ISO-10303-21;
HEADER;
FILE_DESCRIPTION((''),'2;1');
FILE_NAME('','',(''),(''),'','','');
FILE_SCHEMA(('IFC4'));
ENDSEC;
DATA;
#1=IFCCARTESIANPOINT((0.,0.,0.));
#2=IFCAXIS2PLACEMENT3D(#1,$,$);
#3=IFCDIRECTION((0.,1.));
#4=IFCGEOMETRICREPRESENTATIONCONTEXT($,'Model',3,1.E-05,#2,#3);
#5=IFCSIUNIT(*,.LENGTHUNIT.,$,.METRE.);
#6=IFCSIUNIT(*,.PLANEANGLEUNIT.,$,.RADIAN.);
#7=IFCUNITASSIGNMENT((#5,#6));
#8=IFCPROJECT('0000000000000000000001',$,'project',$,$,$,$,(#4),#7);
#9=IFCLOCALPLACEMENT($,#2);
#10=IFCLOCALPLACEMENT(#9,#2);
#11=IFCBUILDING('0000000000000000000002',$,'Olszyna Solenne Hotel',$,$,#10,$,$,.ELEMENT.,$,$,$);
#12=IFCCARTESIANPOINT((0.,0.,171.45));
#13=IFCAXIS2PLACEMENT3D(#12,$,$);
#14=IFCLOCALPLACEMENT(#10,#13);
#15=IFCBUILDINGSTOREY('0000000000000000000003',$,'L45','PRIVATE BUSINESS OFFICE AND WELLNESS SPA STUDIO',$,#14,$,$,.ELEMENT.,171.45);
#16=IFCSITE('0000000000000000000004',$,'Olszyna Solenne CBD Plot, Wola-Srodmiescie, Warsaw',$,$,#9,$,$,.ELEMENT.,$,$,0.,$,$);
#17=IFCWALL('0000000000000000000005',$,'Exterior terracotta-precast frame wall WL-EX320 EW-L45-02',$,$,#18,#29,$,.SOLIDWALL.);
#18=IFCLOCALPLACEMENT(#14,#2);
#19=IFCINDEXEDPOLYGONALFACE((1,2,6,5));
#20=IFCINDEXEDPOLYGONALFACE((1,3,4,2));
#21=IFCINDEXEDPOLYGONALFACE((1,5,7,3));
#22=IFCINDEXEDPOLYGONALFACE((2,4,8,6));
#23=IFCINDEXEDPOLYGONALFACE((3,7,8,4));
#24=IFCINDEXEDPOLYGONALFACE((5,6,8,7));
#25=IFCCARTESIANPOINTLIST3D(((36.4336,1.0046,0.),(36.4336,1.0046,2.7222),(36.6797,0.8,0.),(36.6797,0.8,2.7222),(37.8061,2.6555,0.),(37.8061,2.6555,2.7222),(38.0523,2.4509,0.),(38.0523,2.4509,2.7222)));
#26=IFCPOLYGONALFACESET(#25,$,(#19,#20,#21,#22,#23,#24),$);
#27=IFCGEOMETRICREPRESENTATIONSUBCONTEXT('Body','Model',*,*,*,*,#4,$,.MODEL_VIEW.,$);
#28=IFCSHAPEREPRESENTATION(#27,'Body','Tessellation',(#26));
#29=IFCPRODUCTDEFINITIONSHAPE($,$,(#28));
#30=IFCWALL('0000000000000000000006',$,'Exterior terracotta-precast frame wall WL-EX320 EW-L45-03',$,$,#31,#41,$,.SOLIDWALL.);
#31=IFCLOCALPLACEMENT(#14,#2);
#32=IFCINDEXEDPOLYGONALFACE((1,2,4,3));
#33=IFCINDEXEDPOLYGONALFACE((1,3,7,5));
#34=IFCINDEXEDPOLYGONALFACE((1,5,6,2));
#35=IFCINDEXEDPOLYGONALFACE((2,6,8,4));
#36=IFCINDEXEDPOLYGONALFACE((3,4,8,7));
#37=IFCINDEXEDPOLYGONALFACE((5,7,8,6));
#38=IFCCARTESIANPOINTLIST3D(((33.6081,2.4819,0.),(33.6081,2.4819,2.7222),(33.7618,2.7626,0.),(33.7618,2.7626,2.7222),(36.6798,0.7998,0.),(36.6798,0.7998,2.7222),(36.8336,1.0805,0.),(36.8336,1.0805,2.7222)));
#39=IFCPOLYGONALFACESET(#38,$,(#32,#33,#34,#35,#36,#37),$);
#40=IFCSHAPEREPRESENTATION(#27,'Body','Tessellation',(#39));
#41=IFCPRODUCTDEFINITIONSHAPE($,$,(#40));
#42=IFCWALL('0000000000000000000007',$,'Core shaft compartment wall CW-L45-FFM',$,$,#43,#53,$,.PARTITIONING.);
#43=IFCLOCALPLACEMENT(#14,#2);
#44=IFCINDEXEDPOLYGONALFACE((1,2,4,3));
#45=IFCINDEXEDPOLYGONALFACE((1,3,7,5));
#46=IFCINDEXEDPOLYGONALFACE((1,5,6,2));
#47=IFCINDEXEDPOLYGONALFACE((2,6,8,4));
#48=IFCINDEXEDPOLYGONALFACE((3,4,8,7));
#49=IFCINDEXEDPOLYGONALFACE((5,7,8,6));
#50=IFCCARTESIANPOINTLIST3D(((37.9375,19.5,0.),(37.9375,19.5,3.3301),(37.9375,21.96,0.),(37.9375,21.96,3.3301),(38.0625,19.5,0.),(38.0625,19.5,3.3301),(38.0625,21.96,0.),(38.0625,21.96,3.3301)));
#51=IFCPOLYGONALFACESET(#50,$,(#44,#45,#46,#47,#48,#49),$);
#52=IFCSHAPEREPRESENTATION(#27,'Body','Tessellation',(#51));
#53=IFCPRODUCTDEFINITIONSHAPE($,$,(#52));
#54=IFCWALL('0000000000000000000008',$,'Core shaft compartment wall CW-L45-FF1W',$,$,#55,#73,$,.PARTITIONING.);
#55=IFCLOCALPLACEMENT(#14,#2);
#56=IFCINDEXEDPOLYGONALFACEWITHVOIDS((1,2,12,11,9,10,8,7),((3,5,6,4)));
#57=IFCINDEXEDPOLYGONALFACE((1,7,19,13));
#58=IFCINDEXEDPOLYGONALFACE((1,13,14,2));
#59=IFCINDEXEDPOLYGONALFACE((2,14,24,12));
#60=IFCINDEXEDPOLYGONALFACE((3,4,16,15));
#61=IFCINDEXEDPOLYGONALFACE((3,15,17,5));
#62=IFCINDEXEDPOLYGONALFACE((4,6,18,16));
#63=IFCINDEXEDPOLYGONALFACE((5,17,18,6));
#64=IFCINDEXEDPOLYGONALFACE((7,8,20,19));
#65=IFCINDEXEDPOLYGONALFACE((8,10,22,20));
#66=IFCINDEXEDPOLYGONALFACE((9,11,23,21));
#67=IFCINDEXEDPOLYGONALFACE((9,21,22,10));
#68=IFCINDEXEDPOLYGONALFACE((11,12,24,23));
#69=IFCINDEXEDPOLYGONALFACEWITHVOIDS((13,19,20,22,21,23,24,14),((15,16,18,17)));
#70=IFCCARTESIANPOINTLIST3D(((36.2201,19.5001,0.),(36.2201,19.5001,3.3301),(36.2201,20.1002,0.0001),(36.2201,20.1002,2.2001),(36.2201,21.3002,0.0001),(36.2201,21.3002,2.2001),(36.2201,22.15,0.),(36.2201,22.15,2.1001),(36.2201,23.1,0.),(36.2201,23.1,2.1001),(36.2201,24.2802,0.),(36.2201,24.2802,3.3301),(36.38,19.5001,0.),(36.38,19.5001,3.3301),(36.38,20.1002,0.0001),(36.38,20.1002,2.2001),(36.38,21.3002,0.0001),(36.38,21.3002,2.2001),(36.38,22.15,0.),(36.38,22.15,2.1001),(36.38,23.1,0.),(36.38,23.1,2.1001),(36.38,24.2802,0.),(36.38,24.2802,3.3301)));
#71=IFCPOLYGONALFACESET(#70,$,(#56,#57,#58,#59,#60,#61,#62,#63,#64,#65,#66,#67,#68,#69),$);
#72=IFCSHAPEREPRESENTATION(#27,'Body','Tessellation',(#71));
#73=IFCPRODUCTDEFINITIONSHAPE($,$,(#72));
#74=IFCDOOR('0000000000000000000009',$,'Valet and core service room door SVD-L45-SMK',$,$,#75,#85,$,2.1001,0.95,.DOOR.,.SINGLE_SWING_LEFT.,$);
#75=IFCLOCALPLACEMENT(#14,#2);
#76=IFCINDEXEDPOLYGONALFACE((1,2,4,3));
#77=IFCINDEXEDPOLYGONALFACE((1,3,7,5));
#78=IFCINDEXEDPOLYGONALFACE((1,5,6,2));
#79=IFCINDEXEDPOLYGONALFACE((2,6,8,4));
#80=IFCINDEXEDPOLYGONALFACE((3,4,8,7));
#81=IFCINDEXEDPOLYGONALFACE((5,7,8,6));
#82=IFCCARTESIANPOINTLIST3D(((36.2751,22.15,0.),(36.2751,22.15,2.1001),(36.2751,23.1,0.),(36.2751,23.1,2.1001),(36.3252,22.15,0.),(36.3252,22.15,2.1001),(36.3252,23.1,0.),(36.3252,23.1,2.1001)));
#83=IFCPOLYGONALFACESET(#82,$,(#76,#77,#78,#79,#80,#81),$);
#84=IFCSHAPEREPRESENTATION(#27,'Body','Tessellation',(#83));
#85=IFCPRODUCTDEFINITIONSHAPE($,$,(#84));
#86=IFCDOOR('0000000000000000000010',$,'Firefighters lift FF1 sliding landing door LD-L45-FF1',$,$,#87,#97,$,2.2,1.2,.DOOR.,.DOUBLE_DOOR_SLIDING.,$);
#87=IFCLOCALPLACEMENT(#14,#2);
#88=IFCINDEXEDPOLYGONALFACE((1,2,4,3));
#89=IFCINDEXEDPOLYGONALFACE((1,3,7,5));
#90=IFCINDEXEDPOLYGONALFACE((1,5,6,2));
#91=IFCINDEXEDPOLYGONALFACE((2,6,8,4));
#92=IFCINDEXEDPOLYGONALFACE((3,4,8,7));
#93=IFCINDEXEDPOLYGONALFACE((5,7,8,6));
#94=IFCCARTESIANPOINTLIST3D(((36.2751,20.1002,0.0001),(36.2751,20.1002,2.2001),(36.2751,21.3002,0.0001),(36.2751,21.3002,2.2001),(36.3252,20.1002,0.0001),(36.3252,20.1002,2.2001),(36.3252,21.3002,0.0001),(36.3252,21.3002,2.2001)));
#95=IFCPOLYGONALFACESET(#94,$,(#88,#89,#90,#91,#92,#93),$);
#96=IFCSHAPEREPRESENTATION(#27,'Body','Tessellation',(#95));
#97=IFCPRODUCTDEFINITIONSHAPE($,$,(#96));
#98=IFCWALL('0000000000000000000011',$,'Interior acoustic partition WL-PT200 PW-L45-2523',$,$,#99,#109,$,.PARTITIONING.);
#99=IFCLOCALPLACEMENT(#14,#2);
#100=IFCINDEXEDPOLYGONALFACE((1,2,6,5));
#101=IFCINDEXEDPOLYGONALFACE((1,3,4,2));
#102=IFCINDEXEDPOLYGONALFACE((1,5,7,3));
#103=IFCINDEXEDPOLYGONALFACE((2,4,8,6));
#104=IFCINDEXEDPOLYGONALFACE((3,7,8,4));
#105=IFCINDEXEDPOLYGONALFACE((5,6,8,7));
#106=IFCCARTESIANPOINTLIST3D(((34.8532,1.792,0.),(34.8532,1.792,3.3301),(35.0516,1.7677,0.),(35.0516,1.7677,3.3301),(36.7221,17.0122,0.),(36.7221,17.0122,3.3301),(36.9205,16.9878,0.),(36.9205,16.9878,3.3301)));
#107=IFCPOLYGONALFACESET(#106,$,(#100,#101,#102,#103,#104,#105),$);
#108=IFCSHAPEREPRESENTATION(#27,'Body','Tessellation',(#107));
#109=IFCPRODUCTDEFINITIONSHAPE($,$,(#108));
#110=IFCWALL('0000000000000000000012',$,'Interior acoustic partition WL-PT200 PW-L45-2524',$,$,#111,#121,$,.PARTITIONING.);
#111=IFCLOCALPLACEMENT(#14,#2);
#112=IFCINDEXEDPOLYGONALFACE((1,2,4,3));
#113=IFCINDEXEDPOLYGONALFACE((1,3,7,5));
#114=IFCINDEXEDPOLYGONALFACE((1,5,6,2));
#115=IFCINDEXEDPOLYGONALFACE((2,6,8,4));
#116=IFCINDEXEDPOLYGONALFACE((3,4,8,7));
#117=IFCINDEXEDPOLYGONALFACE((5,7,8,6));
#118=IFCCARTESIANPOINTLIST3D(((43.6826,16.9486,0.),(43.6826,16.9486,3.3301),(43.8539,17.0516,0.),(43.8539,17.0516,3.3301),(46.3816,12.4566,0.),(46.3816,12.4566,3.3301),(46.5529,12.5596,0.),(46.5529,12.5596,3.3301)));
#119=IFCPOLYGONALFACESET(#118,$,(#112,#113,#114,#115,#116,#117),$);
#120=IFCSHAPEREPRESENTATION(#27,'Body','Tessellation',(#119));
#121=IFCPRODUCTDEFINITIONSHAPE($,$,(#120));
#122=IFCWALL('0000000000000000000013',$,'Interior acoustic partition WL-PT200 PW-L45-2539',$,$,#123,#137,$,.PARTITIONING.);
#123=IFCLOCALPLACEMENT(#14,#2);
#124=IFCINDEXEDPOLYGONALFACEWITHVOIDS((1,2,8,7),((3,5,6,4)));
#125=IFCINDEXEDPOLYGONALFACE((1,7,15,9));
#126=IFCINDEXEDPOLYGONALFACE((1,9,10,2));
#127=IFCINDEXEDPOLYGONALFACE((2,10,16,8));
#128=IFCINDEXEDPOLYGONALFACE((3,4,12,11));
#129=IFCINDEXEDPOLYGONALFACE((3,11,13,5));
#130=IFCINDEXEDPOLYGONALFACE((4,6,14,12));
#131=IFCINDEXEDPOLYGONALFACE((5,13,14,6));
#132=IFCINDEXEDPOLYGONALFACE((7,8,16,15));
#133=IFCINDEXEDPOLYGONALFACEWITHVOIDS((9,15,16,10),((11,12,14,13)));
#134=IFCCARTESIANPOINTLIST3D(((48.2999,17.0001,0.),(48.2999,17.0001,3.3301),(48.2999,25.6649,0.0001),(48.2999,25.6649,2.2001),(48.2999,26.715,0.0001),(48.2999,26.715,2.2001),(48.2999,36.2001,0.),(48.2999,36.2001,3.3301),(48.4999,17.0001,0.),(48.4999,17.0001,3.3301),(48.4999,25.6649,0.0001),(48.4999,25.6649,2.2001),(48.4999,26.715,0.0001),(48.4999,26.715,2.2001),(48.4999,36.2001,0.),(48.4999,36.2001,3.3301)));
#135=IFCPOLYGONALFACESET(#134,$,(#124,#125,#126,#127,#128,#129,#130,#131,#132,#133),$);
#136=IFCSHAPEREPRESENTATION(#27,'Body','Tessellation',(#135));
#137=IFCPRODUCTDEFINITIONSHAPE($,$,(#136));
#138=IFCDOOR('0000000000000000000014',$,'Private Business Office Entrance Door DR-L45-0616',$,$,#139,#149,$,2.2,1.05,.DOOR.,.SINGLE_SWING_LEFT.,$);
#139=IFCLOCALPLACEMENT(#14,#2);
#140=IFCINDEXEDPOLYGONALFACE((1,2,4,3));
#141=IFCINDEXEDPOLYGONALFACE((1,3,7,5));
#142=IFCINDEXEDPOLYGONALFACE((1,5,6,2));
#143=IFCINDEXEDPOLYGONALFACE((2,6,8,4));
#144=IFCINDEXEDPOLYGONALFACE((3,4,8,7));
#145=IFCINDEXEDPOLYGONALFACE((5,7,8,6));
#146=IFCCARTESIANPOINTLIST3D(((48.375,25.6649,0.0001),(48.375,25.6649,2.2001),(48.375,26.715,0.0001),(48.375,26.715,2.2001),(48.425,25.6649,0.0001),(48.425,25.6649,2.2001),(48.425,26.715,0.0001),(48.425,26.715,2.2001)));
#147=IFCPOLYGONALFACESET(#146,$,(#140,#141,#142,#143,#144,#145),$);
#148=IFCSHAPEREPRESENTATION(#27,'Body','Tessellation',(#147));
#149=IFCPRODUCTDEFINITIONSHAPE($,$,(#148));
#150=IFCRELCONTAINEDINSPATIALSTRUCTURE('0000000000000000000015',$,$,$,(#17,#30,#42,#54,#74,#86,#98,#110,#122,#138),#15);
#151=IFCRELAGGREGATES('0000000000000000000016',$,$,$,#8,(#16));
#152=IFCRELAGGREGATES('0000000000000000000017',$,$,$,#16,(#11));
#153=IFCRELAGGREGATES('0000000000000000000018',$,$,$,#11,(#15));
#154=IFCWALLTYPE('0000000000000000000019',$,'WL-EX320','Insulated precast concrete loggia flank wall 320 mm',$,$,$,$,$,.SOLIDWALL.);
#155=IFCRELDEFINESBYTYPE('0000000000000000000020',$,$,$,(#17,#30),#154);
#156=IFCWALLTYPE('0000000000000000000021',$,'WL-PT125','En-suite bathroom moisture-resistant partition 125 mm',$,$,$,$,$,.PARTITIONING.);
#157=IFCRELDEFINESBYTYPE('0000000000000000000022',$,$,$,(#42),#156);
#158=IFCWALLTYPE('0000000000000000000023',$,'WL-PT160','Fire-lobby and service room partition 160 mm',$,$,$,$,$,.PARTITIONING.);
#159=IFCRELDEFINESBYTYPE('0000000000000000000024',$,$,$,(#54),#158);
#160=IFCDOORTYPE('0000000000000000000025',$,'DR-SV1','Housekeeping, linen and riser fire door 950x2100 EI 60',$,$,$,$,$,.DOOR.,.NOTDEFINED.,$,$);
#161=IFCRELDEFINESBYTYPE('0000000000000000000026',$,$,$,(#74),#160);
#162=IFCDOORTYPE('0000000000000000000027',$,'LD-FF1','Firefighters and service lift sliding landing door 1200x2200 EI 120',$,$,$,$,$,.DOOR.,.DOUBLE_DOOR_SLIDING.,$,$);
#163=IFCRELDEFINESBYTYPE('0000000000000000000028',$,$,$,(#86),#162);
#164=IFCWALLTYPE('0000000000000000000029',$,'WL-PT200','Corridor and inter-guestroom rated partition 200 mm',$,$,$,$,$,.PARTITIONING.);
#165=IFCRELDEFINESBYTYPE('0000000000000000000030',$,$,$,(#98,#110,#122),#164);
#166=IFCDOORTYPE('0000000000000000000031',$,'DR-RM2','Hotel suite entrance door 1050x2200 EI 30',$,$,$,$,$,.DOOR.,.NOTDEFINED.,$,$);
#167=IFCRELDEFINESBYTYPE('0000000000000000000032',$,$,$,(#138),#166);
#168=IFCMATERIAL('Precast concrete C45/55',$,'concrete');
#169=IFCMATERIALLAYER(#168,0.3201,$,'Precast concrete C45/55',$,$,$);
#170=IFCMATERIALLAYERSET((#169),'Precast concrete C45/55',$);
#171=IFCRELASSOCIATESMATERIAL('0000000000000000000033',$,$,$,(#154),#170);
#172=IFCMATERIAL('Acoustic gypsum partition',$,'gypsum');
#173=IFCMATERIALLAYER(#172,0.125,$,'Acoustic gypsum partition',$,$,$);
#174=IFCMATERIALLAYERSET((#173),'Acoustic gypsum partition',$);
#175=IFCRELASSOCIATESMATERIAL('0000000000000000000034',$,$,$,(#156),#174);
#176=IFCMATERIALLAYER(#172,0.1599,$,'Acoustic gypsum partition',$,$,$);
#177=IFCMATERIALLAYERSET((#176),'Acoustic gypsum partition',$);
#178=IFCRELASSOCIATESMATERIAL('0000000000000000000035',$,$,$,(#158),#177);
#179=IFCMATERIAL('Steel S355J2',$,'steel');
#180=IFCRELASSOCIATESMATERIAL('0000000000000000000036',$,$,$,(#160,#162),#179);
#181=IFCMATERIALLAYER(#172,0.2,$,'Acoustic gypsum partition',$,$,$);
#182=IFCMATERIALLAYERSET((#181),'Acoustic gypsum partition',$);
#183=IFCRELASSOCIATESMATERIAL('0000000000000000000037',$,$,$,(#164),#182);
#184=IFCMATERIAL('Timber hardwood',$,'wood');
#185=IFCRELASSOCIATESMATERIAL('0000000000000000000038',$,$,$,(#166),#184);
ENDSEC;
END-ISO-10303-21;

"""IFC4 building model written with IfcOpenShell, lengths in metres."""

from ifc_helpers import new_model, si_unit, direction, frame, frame_2d, origin, place, context, subcontext, project, spatial, rectangle, extrude, source, transform, mapped, material, layer, layer_set, type_object, type_shapes, element, fill, save


model = new_model("IFC4")

# Units and contexts
model_context = context("Model", 3, precision=1e-05, world=origin(), true_north=direction((0.0, 1.0)))
body_context = subcontext(model_context, "Body", "Model", "MODEL_VIEW")
ifc_project = project(units=[si_unit("LENGTHUNIT", "METRE"), si_unit("PLANEANGLEUNIT", "RADIAN")], contexts=[model_context])

# Site, building, storey
site_placement = place(None, origin())
site = spatial("IfcSite", under=ifc_project, at=site_placement, Name="Olszyna Solenne CBD Plot, Wola-Srodmiescie, Warsaw", CompositionType="ELEMENT", RefElevation=0.0)
building_placement = place(site_placement, origin())
building = spatial("IfcBuilding", under=site, at=building_placement, Name="Olszyna Solenne Hotel", CompositionType="ELEMENT")
storey_placement = place(building_placement, frame((0.0, 0.0, 171.45)))
storey = spatial("IfcBuildingStorey", under=building, at=storey_placement, Name="L45", Description="PRIVATE BUSINESS OFFICE AND WELLNESS SPA STUDIO", CompositionType="ELEMENT", Elevation=171.45)

# Shared definitions
ifc_material_1 = material(Name="Steel S355J2", Category="steel")

# Walls
ifc_material_2 = material(Name="Precast concrete C45/55", Category="concrete")
ifc_layer_1 = layer(ifc_material_2, 0.3201, Name="Precast concrete C45/55")
ifc_layer_set_1 = layer_set([ifc_layer_1], Name="Precast concrete C45/55")
wall_type_1 = type_object("IfcWallType", Name="WL-EX320", Description="Insulated precast concrete loggia flank wall 320 mm", PredefinedType="SOLIDWALL", material=ifc_layer_set_1)
wall_1_placement = place(storey_placement, frame((37.9292, 2.5532, 0.0), z_axis=(0.0, 0.0, 1.0), x_axis=(-0.639312, -0.768948, 0.0)))
element("IfcWall", 1, at=wall_1_placement, inside=storey, type_object=wall_type_1, Name="Exterior terracotta-precast frame wall WL-EX320 EW-L45-02", PredefinedType="SOLIDWALL", context=body_context, shape_type="SweptSolid", body=[
    extrude(rectangle(XDim=2.147, YDim=0.3201, at=frame_2d((1.0735, 0.0))), origin(), (0.0, 0.0, 1.0), 2.7222),
])
wall_2_placement = place(storey_placement, frame((36.7566, 0.9402, 0.0), z_axis=(0.0, 0.0, 1.0), x_axis=(-0.8771, 0.480307, 0.0)))
element("IfcWall", 2, at=wall_2_placement, inside=storey, type_object=wall_type_1, Name="Exterior terracotta-precast frame wall WL-EX320 EW-L45-03", PredefinedType="SOLIDWALL", context=body_context, shape_type="SweptSolid", body=[
    extrude(rectangle(XDim=3.5022, YDim=0.3201, at=frame_2d((1.751, 0.0))), origin(), (0.0, 0.0, 1.0), 2.7222),
])
ifc_material_3 = material(Name="Acoustic gypsum partition", Category="gypsum")
ifc_layer_2 = layer(ifc_material_3, 0.125, Name="Acoustic gypsum partition")
ifc_layer_set_2 = layer_set([ifc_layer_2], Name="Acoustic gypsum partition")
wall_type_2 = type_object("IfcWallType", Name="WL-PT125", Description="En-suite bathroom moisture-resistant partition 125 mm", PredefinedType="PARTITIONING", material=ifc_layer_set_2)
wall_3_placement = place(storey_placement, frame((38.0, 19.5, 0.0), z_axis=(0.0, 0.0, 1.0), x_axis=(0.0, 1.0, 0.0)))
element("IfcWall", 3, at=wall_3_placement, inside=storey, type_object=wall_type_2, Name="Core shaft compartment wall CW-L45-FFM", PredefinedType="PARTITIONING", context=body_context, shape_type="SweptSolid", body=[
    extrude(rectangle(XDim=2.46, YDim=0.125, at=frame_2d((1.23, 0.0))), origin(), (0.0, 0.0, 1.0), 3.3301),
])

# Wall, openings, doors
ifc_layer_3 = layer(ifc_material_3, 0.1599, Name="Acoustic gypsum partition")
ifc_layer_set_3 = layer_set([ifc_layer_3], Name="Acoustic gypsum partition")
wall_type_3 = type_object("IfcWallType", Name="WL-PT160", Description="Fire-lobby and service room partition 160 mm", PredefinedType="PARTITIONING", material=ifc_layer_set_3)
wall_4_placement = place(storey_placement, frame((36.3, 19.5, 0.0), z_axis=(0.0, 0.0, 1.0), x_axis=(0.0, 1.0, 0.0)))
wall_4 = element("IfcWall", 4, at=wall_4_placement, inside=storey, type_object=wall_type_3, Name="Core shaft compartment wall CW-L45-FF1W", PredefinedType="PARTITIONING", context=body_context, shape_type="SweptSolid", body=[
    extrude(rectangle(XDim=4.78, YDim=0.1599, at=frame_2d((2.3901, 0.0))), origin(), (0.0, 0.0, 1.0), 3.3301),
])
opening_1_placement = place(wall_4_placement, frame((0.6001, 0.0, 0.0)))
opening_1 = element("IfcOpeningElement", 5, at=opening_1_placement, cuts=wall_4, PredefinedType="OPENING", context=body_context, shape_type="SweptSolid", body=[
    extrude(rectangle(XDim=1.2, YDim=2.2, at=frame_2d((0.6001, 1.1001))), frame((0.0, 0.0898, 0.0), z_axis=(0.0, -1.0, 0.0), x_axis=(1.0, 0.0, 0.0)), (0.0, 0.0, 1.0), 0.1799),
])
opening_2_placement = place(wall_4_placement, frame((2.6499, 0.0, 0.0)))
opening_2 = element("IfcOpeningElement", 6, at=opening_2_placement, cuts=wall_4, PredefinedType="OPENING", context=body_context, shape_type="SweptSolid", body=[
    extrude(rectangle(XDim=0.95, YDim=2.1001, at=frame_2d((0.4751, 1.05))), frame((0.0, 0.0898, 0.0), z_axis=(0.0, -1.0, 0.0), x_axis=(1.0, 0.0, 0.0)), (0.0, 0.0, 1.0), 0.1799),
])
door_type_1 = type_object("IfcDoorType", Name="DR-SV1", Description="Housekeeping, linen and riser fire door 950x2100 EI 60", OperationType="NOTDEFINED", PredefinedType="DOOR", material=ifc_material_1)
shared_shape_1 = source(origin(), body_context, "Body", "SweptSolid", [
    extrude(rectangle(XDim=0.95, YDim=2.1001, at=frame_2d((0.4751, 1.05))), frame((0.0, 0.0249, 0.0), z_axis=(0.0, -1.0, 0.0), x_axis=(1.0, 0.0, 0.0)), (0.0, 0.0, 1.0), 0.05),
])
type_shapes(door_type_1, [shared_shape_1])
door_1_placement = place(opening_2_placement, origin())
door_1 = element("IfcDoor", 7, at=door_1_placement, inside=storey, type_object=door_type_1, Name="Valet and core service room door SVD-L45-SMK", OperationType="SINGLE_SWING_LEFT", OverallHeight=2.1001, OverallWidth=0.95, PredefinedType="DOOR", context=body_context, shape_type="MappedRepresentation", body=[
    mapped(shared_shape_1, transform((0.0, 0.0, 0.0), x_axis=(1.0, 0.0, 0.0), y_axis=(0.0, 1.0, 0.0), z_axis=(0.0, 0.0, 1.0), scale=1.0)),
])
fill(opening_2, door_1)
door_type_2 = type_object("IfcDoorType", Name="LD-FF1", Description="Firefighters and service lift sliding landing door 1200x2200 EI 120", OperationType="DOUBLE_DOOR_SLIDING", PredefinedType="DOOR", material=ifc_material_1)
shared_shape_2 = source(origin(), body_context, "Body", "SweptSolid", [
    extrude(rectangle(XDim=1.2, YDim=2.2, at=frame_2d((0.6001, 1.1001))), frame((0.0, 0.0249, 0.0), z_axis=(0.0, -1.0, 0.0), x_axis=(1.0, 0.0, 0.0)), (0.0, 0.0, 1.0), 0.05),
])
type_shapes(door_type_2, [shared_shape_2])
door_2_placement = place(opening_1_placement, origin())
door_2 = element("IfcDoor", 8, at=door_2_placement, inside=storey, type_object=door_type_2, Name="Firefighters lift FF1 sliding landing door LD-L45-FF1", OperationType="DOUBLE_DOOR_SLIDING", OverallHeight=2.2, OverallWidth=1.2, PredefinedType="DOOR", context=body_context, shape_type="MappedRepresentation", body=[
    mapped(shared_shape_2, transform((0.0, 0.0, 0.0), x_axis=(1.0, 0.0, 0.0), y_axis=(0.0, 1.0, 0.0), z_axis=(0.0, 0.0, 1.0), scale=1.0)),
])
fill(opening_1, door_2)

# Walls
ifc_layer_4 = layer(ifc_material_3, 0.2, Name="Acoustic gypsum partition")
ifc_layer_set_4 = layer_set([ifc_layer_4], Name="Acoustic gypsum partition")
wall_type_4 = type_object("IfcWallType", Name="WL-PT200", Description="Corridor and inter-guestroom rated partition 200 mm", PredefinedType="PARTITIONING", material=ifc_layer_set_4)
wall_5_placement = place(storey_placement, frame((36.8213, 17.0, 0.0), z_axis=(0.0, 0.0, 1.0), x_axis=(-0.121875, -0.992545, 0.0)))
element("IfcWall", 9, at=wall_5_placement, inside=storey, type_object=wall_type_4, Name="Interior acoustic partition WL-PT200 PW-L45-2523", PredefinedType="PARTITIONING", context=body_context, shape_type="SweptSolid", body=[
    extrude(rectangle(XDim=15.3345, YDim=0.2, at=frame_2d((7.6672, 0.0))), origin(), (0.0, 0.0, 1.0), 3.3301),
])
wall_6_placement = place(storey_placement, frame((43.7683, 17.0, 0.0), z_axis=(0.0, 0.0, 1.0), x_axis=(0.51503, -0.857172, 0.0)))
element("IfcWall", 10, at=wall_6_placement, inside=storey, type_object=wall_type_4, Name="Interior acoustic partition WL-PT200 PW-L45-2524", PredefinedType="PARTITIONING", context=body_context, shape_type="SweptSolid", body=[
    extrude(rectangle(XDim=5.2405, YDim=0.2, at=frame_2d((2.6201, 0.0))), origin(), (0.0, 0.0, 1.0), 3.3301),
])

# Wall, opening, door
wall_7_placement = place(storey_placement, frame((48.3999, 17.0, 0.0), z_axis=(0.0, 0.0, 1.0), x_axis=(0.0, 1.0, 0.0)))
wall_7 = element("IfcWall", 11, at=wall_7_placement, inside=storey, type_object=wall_type_4, Name="Interior acoustic partition WL-PT200 PW-L45-2539", PredefinedType="PARTITIONING", context=body_context, shape_type="SweptSolid", body=[
    extrude(rectangle(XDim=19.2, YDim=0.2, at=frame_2d((9.6001, 0.0))), origin(), (0.0, 0.0, 1.0), 3.3301),
])
opening_3_placement = place(wall_7_placement, frame((8.665, 0.0, 0.0)))
opening_3 = element("IfcOpeningElement", 12, at=opening_3_placement, cuts=wall_7, PredefinedType="OPENING", context=body_context, shape_type="SweptSolid", body=[
    extrude(rectangle(XDim=1.05, YDim=2.2, at=frame_2d((0.5249, 1.1001))), frame((0.0, 0.1099, 0.0), z_axis=(0.0, -1.0, 0.0), x_axis=(1.0, 0.0, 0.0)), (0.0, 0.0, 1.0), 0.22),
])
ifc_material_4 = material(Name="Timber hardwood", Category="wood")
door_type_3 = type_object("IfcDoorType", Name="DR-RM2", Description="Hotel suite entrance door 1050x2200 EI 30", OperationType="NOTDEFINED", PredefinedType="DOOR", material=ifc_material_4)
shared_shape_3 = source(origin(), body_context, "Body", "SweptSolid", [
    extrude(rectangle(XDim=1.05, YDim=2.2, at=frame_2d((0.5249, 1.1001))), frame((0.0, 0.0249, 0.0), z_axis=(0.0, -1.0, 0.0), x_axis=(1.0, 0.0, 0.0)), (0.0, 0.0, 1.0), 0.05),
])
type_shapes(door_type_3, [shared_shape_3])
door_3_placement = place(opening_3_placement, origin())
door_3 = element("IfcDoor", 13, at=door_3_placement, inside=storey, type_object=door_type_3, Name="Private Business Office Entrance Door DR-L45-0616", OperationType="SINGLE_SWING_LEFT", OverallHeight=2.2, OverallWidth=1.05, PredefinedType="DOOR", context=body_context, shape_type="MappedRepresentation", body=[
    mapped(shared_shape_3, transform((0.0, 0.0, 0.0), x_axis=(1.0, 0.0, 0.0), y_axis=(0.0, 1.0, 0.0), z_axis=(0.0, 0.0, 1.0), scale=1.0)),
])
fill(opening_3, door_3)

save(model, "model.ifc")
